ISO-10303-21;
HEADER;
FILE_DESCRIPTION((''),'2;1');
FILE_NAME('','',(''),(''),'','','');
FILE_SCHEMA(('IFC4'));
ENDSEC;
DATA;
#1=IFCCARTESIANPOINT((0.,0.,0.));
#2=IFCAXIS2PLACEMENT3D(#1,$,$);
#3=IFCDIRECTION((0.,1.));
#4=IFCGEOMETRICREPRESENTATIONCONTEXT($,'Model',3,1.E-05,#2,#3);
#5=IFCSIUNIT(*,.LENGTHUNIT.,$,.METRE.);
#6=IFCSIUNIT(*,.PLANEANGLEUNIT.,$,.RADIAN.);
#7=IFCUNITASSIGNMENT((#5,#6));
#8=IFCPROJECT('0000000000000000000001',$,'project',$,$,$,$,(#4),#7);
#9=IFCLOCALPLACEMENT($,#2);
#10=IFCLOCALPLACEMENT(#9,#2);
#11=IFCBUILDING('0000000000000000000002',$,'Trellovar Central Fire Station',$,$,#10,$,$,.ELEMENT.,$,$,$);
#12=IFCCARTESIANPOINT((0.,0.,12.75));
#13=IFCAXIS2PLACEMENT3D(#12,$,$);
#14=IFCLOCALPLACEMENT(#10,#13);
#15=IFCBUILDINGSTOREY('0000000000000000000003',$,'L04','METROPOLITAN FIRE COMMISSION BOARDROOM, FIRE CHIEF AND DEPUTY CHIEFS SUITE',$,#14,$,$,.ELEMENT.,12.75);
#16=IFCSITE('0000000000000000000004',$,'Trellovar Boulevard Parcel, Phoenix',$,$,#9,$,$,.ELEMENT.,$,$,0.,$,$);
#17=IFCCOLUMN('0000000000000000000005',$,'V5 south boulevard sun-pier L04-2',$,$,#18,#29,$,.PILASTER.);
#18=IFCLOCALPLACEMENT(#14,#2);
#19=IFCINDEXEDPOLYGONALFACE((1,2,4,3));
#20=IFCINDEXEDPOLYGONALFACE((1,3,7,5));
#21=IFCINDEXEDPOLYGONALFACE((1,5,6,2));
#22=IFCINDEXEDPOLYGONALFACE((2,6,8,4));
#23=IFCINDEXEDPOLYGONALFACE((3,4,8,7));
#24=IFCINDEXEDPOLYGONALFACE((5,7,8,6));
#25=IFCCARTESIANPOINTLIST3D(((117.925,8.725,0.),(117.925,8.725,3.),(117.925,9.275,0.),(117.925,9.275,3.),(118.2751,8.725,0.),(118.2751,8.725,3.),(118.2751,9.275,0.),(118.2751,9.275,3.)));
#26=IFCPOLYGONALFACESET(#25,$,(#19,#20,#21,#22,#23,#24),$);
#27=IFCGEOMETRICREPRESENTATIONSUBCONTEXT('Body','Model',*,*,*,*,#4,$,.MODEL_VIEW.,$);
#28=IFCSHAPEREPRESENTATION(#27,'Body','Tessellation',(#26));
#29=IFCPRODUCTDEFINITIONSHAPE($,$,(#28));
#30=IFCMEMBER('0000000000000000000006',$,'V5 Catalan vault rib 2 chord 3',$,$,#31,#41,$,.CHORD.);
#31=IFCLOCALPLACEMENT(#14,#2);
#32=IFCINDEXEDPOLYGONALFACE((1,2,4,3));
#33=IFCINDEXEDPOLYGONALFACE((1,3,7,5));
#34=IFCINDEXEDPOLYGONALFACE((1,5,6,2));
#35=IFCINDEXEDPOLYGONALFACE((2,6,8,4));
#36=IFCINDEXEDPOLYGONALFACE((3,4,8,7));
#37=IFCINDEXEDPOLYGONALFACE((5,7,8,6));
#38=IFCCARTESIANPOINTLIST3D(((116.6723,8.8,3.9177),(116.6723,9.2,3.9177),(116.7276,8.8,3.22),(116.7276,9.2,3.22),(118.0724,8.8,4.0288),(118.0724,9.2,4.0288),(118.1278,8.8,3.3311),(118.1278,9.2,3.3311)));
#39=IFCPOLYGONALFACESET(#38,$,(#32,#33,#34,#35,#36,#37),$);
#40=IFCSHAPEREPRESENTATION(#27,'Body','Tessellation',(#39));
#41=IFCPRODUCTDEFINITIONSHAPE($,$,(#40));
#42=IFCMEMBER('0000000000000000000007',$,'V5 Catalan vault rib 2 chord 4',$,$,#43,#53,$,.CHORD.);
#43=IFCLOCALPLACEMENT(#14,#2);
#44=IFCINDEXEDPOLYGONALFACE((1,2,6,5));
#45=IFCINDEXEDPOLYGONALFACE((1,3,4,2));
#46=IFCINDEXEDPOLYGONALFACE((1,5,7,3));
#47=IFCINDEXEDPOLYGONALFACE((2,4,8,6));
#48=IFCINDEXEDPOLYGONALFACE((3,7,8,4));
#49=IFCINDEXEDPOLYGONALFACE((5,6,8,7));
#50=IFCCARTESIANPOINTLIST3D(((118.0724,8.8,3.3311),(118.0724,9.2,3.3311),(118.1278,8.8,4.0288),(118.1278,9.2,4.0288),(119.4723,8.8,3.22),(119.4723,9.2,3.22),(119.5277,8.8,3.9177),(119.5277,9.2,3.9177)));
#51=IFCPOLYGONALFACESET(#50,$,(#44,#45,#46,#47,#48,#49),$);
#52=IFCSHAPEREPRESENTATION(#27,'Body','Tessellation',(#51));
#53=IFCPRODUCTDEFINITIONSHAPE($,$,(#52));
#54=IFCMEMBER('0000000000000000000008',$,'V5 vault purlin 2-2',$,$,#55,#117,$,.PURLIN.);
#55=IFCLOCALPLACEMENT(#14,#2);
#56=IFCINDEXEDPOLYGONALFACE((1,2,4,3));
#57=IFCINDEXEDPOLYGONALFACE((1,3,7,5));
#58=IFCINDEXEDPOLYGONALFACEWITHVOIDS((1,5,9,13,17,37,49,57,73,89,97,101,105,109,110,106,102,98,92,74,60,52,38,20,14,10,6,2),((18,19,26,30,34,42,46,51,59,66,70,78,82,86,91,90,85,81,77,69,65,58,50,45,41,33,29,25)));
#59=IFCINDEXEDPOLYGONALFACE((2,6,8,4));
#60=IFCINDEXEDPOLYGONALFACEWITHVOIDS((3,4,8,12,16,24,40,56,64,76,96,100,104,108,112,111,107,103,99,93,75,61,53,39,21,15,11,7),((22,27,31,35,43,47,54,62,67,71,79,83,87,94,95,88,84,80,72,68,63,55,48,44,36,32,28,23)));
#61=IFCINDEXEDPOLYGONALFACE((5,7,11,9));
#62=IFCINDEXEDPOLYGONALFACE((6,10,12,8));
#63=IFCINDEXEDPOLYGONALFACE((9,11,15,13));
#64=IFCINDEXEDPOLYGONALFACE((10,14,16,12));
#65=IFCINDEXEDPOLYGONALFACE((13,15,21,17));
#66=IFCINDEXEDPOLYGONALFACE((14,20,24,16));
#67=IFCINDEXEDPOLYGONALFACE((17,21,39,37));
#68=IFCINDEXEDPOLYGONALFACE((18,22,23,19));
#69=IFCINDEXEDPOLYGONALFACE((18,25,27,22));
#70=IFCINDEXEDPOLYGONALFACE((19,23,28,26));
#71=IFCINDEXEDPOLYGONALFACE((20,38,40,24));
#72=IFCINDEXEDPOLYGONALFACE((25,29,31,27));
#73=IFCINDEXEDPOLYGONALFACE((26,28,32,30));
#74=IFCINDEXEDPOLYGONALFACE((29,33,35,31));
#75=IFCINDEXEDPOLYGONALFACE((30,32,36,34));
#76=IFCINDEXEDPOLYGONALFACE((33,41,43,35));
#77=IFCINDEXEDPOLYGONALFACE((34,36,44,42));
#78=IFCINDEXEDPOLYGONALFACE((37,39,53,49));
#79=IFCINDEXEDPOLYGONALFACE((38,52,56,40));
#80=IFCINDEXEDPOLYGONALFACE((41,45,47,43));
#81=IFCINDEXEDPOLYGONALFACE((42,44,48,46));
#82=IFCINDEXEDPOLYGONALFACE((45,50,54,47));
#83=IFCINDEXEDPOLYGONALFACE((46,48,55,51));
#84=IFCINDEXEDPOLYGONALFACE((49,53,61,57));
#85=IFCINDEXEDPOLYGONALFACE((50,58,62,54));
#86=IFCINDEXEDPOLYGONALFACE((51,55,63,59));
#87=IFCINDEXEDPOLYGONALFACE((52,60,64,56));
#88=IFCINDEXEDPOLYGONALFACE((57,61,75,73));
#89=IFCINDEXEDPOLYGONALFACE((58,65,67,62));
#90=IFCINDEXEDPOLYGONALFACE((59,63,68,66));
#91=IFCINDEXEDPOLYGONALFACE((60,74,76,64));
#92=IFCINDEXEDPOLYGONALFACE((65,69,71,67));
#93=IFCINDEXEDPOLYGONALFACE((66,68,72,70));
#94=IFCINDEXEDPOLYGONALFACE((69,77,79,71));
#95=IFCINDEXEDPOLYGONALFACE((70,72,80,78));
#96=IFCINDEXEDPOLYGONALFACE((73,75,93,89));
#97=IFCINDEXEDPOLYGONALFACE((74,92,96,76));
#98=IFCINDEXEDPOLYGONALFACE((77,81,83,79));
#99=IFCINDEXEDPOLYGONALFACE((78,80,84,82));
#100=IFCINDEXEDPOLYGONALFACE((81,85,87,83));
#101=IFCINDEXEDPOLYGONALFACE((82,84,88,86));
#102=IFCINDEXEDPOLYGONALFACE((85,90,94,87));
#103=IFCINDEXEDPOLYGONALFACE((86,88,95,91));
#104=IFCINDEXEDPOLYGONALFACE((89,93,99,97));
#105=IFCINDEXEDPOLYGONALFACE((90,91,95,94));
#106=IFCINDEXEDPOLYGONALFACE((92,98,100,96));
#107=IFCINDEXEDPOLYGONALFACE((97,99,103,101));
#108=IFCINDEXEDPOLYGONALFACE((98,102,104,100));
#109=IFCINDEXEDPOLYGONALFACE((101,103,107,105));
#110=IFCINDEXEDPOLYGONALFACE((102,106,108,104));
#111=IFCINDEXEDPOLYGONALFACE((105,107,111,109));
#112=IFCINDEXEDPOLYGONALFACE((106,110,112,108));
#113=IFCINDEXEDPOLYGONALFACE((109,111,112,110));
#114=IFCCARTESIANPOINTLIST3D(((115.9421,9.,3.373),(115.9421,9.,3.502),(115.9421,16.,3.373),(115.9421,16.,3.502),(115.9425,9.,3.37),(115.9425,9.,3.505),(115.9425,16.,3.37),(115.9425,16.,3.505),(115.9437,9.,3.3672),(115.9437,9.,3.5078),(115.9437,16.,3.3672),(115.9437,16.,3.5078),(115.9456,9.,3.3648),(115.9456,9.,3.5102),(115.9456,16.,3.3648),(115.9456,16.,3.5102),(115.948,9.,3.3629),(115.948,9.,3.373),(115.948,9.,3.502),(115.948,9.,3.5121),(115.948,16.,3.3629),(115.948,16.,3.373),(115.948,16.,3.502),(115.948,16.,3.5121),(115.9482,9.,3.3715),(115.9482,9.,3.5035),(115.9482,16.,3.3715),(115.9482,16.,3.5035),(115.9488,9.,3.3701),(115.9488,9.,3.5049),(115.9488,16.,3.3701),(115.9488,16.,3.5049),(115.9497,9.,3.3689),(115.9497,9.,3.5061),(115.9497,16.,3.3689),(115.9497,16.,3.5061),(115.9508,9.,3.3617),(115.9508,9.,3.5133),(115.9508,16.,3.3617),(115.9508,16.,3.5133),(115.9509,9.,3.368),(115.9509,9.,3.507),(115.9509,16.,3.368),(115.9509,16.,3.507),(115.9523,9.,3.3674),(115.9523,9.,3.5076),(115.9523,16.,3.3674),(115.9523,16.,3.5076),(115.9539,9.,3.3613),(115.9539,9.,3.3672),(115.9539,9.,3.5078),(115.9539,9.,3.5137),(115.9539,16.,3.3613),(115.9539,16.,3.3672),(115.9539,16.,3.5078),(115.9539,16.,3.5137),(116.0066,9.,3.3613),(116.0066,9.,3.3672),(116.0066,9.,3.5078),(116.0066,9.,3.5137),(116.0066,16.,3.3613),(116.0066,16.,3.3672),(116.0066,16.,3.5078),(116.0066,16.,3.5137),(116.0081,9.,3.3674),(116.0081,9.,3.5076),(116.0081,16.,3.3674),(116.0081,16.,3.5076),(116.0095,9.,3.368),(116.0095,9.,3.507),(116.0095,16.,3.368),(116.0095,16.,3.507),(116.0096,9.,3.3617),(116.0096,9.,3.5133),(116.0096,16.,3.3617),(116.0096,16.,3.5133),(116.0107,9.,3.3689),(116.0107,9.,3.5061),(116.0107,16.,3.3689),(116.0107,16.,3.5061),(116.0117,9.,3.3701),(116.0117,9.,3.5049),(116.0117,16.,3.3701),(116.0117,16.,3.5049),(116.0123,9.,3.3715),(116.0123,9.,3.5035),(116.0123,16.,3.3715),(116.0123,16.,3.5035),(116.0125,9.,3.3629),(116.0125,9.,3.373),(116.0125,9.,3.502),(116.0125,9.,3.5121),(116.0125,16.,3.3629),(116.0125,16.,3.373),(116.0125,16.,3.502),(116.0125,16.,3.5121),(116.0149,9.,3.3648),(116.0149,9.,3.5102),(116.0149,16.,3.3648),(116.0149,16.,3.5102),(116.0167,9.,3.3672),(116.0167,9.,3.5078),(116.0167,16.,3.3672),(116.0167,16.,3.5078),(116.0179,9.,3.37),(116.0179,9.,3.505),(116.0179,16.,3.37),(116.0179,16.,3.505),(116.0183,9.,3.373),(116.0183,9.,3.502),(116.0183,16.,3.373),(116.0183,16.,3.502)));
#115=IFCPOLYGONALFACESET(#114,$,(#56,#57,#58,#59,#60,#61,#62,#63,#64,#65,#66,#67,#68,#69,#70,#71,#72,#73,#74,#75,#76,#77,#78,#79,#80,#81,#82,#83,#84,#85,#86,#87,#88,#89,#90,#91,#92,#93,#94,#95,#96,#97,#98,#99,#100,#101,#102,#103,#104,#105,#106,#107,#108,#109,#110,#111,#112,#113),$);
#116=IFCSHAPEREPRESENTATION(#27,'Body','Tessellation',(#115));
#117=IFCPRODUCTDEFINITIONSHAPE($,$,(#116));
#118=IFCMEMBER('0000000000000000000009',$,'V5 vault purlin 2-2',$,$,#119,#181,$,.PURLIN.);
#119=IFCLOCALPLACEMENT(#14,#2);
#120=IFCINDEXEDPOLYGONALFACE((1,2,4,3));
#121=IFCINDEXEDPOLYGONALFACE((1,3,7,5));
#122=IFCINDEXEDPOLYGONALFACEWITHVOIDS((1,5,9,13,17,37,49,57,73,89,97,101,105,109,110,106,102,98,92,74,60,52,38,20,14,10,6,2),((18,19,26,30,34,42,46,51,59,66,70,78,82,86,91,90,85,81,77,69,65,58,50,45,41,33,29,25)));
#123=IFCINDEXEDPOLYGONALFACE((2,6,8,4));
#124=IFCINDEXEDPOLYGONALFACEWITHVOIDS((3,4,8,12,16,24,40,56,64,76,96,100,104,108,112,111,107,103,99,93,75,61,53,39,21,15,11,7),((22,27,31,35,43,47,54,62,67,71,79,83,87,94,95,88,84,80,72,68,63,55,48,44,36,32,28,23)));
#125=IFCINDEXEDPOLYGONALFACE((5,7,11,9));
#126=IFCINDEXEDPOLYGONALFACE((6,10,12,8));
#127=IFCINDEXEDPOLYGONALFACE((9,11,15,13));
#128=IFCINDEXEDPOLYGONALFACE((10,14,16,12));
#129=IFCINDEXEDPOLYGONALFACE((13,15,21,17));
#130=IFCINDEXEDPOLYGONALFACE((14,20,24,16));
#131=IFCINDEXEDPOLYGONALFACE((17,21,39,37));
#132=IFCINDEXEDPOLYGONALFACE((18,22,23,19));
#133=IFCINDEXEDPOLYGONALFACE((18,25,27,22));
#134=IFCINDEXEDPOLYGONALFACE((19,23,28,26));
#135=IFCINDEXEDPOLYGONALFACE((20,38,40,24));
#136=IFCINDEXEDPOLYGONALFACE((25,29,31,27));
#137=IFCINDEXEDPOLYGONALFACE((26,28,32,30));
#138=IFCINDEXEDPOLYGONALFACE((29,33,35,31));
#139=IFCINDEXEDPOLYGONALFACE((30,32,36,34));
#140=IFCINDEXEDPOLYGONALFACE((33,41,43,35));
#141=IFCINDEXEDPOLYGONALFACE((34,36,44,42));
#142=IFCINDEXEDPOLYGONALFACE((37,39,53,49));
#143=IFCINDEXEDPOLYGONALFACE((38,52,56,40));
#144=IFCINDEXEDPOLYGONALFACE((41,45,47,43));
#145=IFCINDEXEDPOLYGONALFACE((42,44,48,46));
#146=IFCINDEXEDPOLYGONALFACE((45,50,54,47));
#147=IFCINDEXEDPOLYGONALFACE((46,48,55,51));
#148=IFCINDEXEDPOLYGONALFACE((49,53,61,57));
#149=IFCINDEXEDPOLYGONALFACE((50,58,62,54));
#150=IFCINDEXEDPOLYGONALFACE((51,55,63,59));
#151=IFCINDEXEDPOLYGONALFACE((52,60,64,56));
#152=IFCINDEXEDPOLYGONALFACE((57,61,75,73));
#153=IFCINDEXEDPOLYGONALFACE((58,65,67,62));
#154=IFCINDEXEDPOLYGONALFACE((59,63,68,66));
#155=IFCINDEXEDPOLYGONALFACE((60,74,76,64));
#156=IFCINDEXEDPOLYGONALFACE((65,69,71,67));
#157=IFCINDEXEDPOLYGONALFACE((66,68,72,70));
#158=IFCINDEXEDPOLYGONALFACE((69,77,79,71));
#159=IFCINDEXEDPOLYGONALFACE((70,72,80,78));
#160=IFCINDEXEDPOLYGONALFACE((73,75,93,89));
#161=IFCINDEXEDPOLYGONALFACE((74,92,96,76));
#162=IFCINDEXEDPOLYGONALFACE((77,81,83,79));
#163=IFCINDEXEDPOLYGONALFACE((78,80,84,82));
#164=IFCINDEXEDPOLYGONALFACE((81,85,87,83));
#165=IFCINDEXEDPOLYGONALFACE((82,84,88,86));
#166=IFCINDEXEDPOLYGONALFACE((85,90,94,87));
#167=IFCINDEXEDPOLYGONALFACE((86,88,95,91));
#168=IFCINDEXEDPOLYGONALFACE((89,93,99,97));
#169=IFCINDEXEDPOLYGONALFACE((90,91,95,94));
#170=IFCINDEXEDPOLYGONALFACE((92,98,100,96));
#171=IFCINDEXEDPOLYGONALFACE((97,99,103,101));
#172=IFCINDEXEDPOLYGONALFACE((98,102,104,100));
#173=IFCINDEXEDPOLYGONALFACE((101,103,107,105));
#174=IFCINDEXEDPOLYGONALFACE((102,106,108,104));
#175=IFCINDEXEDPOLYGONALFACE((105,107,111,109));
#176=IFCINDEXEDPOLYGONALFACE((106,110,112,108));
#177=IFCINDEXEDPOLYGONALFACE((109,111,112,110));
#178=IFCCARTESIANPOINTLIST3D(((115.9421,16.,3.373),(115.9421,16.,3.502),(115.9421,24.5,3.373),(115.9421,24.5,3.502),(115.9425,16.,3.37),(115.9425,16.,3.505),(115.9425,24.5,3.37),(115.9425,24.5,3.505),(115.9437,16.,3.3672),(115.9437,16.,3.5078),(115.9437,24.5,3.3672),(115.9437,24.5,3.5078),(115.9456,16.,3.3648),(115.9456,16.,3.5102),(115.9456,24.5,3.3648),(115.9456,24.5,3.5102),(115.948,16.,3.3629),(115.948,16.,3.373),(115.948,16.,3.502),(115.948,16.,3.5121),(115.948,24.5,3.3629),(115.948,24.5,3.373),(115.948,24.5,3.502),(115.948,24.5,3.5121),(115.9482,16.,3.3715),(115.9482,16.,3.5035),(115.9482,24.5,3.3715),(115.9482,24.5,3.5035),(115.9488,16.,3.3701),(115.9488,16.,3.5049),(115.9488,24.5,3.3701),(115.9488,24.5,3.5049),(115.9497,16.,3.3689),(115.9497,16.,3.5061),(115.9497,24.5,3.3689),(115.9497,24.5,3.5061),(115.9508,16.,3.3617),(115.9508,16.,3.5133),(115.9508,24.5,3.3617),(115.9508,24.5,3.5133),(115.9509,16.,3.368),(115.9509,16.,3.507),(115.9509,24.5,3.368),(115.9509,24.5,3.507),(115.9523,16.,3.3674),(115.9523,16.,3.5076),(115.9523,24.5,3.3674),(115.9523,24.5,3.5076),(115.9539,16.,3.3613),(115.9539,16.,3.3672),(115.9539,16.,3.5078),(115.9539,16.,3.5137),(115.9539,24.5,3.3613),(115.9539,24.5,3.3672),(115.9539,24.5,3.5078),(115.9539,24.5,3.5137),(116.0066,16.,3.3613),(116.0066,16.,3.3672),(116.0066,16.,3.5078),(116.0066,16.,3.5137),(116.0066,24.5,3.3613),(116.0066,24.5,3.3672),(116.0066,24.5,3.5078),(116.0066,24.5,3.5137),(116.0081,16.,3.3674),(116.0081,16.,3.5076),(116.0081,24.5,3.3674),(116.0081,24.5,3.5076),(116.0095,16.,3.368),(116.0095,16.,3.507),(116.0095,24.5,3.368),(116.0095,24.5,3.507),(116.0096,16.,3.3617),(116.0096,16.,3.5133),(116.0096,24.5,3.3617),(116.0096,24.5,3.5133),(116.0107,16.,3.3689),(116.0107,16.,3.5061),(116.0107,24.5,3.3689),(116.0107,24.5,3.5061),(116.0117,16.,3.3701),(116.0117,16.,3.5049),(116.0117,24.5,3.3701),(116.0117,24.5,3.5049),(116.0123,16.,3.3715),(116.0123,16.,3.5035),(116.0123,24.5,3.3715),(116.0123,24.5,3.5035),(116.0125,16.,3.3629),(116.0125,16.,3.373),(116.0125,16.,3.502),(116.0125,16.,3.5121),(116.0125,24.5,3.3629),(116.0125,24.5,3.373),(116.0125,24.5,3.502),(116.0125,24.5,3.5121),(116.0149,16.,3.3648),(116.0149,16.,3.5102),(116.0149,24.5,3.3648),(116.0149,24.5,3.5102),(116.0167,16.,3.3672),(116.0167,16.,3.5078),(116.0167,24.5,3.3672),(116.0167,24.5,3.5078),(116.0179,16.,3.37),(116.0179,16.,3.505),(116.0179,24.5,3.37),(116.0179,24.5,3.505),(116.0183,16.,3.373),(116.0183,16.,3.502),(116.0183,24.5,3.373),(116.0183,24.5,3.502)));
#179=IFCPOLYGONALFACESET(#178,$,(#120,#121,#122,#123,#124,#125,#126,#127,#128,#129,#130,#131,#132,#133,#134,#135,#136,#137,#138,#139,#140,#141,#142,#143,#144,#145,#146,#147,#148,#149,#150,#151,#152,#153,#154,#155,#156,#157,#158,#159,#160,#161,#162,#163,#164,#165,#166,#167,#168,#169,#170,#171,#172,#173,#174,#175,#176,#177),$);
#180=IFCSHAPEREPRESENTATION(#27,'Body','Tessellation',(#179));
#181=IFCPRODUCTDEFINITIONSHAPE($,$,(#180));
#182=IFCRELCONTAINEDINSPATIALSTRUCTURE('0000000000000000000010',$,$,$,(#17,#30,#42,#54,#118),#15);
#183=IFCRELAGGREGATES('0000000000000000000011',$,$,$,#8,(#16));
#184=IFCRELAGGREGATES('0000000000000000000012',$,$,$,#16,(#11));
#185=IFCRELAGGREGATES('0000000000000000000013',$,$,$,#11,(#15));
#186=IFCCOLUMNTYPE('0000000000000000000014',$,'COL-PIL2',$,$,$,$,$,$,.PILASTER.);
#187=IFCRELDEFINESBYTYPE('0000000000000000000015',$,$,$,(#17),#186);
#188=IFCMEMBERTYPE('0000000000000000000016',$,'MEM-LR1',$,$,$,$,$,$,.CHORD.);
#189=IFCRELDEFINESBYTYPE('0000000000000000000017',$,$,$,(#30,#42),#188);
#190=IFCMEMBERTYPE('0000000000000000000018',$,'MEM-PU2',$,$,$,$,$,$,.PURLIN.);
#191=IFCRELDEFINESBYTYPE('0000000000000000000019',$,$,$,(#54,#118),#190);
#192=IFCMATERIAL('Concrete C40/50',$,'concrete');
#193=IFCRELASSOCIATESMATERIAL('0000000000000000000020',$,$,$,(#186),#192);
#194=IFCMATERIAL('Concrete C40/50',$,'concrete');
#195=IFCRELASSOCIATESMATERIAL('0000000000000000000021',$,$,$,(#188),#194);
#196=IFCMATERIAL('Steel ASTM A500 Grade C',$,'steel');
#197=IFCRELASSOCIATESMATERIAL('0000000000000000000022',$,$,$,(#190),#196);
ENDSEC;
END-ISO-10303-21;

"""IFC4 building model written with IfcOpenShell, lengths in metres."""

from ifc_helpers import new_model, si_unit, direction, frame, origin, origin_2d, place, context, subcontext, project, spatial, rectangle, hollow_rectangle, extrude, material, material_profile, profile_set, type_object, element, save


model = new_model("IFC4")

# Units and contexts
model_context = context("Model", 3, precision=1e-05, world=origin(), true_north=direction((0.0, 1.0)))
body_context = subcontext(model_context, "Body", "Model", "MODEL_VIEW")
ifc_project = project(units=[si_unit("LENGTHUNIT", "METRE"), si_unit("PLANEANGLEUNIT", "RADIAN")], contexts=[model_context])

# Site, building, storey
site_placement = place(None, origin())
site = spatial("IfcSite", under=ifc_project, at=site_placement, Name="Trellovar Boulevard Parcel, Phoenix", CompositionType="ELEMENT", RefElevation=0.0)
building_placement = place(site_placement, origin())
building = spatial("IfcBuilding", under=site, at=building_placement, Name="Trellovar Central Fire Station", CompositionType="ELEMENT")
storey_placement = place(building_placement, frame((0.0, 0.0, 12.75)))
storey = spatial("IfcBuildingStorey", under=building, at=storey_placement, Name="L04", Description="METROPOLITAN FIRE COMMISSION BOARDROOM, FIRE CHIEF AND DEPUTY CHIEFS SUITE", CompositionType="ELEMENT", Elevation=12.75)

# Column
ifc_material_1 = material(Name="Concrete C40/50", Category="concrete")
ifc_material_profile_1 = material_profile(ifc_material_1, rectangle(XDim=0.3501, YDim=0.55, at=origin_2d()), Name="RC350X550")
ifc_profile_set_1 = profile_set([ifc_material_profile_1], Name="Concrete C40/50")
column_type = type_object("IfcColumnType", Name="COL-PIL2", PredefinedType="PILASTER", material=ifc_profile_set_1)
column_placement = place(storey_placement, frame((118.1001, 9.0, 0.0), z_axis=(0.0, 0.0, 1.0), x_axis=(1.0, 0.0, 0.0)))
element("IfcColumn", 1, at=column_placement, inside=storey, type_object=column_type, Name="V5 south boulevard sun-pier L04-2", PredefinedType="PILASTER", context=body_context, shape_type="SweptSolid", body=[
    extrude(rectangle(XDim=0.3501, YDim=0.55, at=origin_2d()), origin(), (0.0, 0.0, 1.0), 3.0),
])

# Members
ifc_material_2 = material(Name="Concrete C40/50", Category="concrete")
ifc_material_profile_2 = material_profile(ifc_material_2, rectangle(XDim=0.3999, YDim=0.7, at=origin_2d()), Name="RC400X700")
ifc_profile_set_2 = profile_set([ifc_material_profile_2], Name="Concrete C40/50")
member_type_1 = type_object("IfcMemberType", Name="MEM-LR1", PredefinedType="CHORD", material=ifc_profile_set_2)
member_1_placement = place(storey_placement, frame((116.7, 9.0, 3.5688), z_axis=(0.996868, 0.0, 0.079089), x_axis=(0.0, 1.0, 0.0)))
element("IfcMember", 2, at=member_1_placement, inside=storey, type_object=member_type_1, Name="V5 Catalan vault rib 2 chord 3", PredefinedType="CHORD", context=body_context, shape_type="SweptSolid", body=[
    extrude(rectangle(XDim=0.3999, YDim=0.7, at=origin_2d()), origin(), (0.0, 0.0, 1.0), 1.4045),
])
member_2_placement = place(storey_placement, frame((118.1001, 9.0, 3.6799), z_axis=(0.996866, 0.0, -0.079103), x_axis=(0.0, 1.0, 0.0)))
element("IfcMember", 3, at=member_2_placement, inside=storey, type_object=member_type_1, Name="V5 Catalan vault rib 2 chord 4", PredefinedType="CHORD", context=body_context, shape_type="SweptSolid", body=[
    extrude(rectangle(XDim=0.3999, YDim=0.7, at=origin_2d()), origin(), (0.0, 0.0, 1.0), 1.4043),
])
ifc_material_3 = material(Name="Steel ASTM A500 Grade C", Category="steel")
ifc_material_profile_3 = material_profile(ifc_material_3, hollow_rectangle(XDim=0.0762, YDim=0.1523, WallThickness=0.0059, InnerFilletRadius=0.0059, OuterFilletRadius=0.0117, at=origin_2d()), Name="HSS6X3X1/4")
ifc_profile_set_3 = profile_set([ifc_material_profile_3], Name="Steel ASTM A500 Grade C")
member_type_2 = type_object("IfcMemberType", Name="MEM-PU2", PredefinedType="PURLIN", material=ifc_profile_set_3)
member_3_placement = place(storey_placement, frame((115.9802, 9.0, 3.4375), z_axis=(0.0, 1.0, 0.0), x_axis=(-1.0, 0.0, 0.0)))
element("IfcMember", 4, at=member_3_placement, inside=storey, type_object=member_type_2, Name="V5 vault purlin 2-2", PredefinedType="PURLIN", context=body_context, shape_type="SweptSolid", body=[
    extrude(hollow_rectangle(XDim=0.0762, YDim=0.1523, WallThickness=0.0059, InnerFilletRadius=0.0059, OuterFilletRadius=0.0117, at=origin_2d()), origin(), (0.0, 0.0, 1.0), 7.0),
])
member_4_placement = place(storey_placement, frame((115.9802, 16.0, 3.4375), z_axis=(0.0, 1.0, 0.0), x_axis=(-1.0, 0.0, 0.0)))
element("IfcMember", 5, at=member_4_placement, inside=storey, type_object=member_type_2, Name="V5 vault purlin 2-2", PredefinedType="PURLIN", context=body_context, shape_type="SweptSolid", body=[
    extrude(hollow_rectangle(XDim=0.0762, YDim=0.1523, WallThickness=0.0059, InnerFilletRadius=0.0059, OuterFilletRadius=0.0117, at=origin_2d()), origin(), (0.0, 0.0, 1.0), 8.5),
])

save(model, "model.ifc")
